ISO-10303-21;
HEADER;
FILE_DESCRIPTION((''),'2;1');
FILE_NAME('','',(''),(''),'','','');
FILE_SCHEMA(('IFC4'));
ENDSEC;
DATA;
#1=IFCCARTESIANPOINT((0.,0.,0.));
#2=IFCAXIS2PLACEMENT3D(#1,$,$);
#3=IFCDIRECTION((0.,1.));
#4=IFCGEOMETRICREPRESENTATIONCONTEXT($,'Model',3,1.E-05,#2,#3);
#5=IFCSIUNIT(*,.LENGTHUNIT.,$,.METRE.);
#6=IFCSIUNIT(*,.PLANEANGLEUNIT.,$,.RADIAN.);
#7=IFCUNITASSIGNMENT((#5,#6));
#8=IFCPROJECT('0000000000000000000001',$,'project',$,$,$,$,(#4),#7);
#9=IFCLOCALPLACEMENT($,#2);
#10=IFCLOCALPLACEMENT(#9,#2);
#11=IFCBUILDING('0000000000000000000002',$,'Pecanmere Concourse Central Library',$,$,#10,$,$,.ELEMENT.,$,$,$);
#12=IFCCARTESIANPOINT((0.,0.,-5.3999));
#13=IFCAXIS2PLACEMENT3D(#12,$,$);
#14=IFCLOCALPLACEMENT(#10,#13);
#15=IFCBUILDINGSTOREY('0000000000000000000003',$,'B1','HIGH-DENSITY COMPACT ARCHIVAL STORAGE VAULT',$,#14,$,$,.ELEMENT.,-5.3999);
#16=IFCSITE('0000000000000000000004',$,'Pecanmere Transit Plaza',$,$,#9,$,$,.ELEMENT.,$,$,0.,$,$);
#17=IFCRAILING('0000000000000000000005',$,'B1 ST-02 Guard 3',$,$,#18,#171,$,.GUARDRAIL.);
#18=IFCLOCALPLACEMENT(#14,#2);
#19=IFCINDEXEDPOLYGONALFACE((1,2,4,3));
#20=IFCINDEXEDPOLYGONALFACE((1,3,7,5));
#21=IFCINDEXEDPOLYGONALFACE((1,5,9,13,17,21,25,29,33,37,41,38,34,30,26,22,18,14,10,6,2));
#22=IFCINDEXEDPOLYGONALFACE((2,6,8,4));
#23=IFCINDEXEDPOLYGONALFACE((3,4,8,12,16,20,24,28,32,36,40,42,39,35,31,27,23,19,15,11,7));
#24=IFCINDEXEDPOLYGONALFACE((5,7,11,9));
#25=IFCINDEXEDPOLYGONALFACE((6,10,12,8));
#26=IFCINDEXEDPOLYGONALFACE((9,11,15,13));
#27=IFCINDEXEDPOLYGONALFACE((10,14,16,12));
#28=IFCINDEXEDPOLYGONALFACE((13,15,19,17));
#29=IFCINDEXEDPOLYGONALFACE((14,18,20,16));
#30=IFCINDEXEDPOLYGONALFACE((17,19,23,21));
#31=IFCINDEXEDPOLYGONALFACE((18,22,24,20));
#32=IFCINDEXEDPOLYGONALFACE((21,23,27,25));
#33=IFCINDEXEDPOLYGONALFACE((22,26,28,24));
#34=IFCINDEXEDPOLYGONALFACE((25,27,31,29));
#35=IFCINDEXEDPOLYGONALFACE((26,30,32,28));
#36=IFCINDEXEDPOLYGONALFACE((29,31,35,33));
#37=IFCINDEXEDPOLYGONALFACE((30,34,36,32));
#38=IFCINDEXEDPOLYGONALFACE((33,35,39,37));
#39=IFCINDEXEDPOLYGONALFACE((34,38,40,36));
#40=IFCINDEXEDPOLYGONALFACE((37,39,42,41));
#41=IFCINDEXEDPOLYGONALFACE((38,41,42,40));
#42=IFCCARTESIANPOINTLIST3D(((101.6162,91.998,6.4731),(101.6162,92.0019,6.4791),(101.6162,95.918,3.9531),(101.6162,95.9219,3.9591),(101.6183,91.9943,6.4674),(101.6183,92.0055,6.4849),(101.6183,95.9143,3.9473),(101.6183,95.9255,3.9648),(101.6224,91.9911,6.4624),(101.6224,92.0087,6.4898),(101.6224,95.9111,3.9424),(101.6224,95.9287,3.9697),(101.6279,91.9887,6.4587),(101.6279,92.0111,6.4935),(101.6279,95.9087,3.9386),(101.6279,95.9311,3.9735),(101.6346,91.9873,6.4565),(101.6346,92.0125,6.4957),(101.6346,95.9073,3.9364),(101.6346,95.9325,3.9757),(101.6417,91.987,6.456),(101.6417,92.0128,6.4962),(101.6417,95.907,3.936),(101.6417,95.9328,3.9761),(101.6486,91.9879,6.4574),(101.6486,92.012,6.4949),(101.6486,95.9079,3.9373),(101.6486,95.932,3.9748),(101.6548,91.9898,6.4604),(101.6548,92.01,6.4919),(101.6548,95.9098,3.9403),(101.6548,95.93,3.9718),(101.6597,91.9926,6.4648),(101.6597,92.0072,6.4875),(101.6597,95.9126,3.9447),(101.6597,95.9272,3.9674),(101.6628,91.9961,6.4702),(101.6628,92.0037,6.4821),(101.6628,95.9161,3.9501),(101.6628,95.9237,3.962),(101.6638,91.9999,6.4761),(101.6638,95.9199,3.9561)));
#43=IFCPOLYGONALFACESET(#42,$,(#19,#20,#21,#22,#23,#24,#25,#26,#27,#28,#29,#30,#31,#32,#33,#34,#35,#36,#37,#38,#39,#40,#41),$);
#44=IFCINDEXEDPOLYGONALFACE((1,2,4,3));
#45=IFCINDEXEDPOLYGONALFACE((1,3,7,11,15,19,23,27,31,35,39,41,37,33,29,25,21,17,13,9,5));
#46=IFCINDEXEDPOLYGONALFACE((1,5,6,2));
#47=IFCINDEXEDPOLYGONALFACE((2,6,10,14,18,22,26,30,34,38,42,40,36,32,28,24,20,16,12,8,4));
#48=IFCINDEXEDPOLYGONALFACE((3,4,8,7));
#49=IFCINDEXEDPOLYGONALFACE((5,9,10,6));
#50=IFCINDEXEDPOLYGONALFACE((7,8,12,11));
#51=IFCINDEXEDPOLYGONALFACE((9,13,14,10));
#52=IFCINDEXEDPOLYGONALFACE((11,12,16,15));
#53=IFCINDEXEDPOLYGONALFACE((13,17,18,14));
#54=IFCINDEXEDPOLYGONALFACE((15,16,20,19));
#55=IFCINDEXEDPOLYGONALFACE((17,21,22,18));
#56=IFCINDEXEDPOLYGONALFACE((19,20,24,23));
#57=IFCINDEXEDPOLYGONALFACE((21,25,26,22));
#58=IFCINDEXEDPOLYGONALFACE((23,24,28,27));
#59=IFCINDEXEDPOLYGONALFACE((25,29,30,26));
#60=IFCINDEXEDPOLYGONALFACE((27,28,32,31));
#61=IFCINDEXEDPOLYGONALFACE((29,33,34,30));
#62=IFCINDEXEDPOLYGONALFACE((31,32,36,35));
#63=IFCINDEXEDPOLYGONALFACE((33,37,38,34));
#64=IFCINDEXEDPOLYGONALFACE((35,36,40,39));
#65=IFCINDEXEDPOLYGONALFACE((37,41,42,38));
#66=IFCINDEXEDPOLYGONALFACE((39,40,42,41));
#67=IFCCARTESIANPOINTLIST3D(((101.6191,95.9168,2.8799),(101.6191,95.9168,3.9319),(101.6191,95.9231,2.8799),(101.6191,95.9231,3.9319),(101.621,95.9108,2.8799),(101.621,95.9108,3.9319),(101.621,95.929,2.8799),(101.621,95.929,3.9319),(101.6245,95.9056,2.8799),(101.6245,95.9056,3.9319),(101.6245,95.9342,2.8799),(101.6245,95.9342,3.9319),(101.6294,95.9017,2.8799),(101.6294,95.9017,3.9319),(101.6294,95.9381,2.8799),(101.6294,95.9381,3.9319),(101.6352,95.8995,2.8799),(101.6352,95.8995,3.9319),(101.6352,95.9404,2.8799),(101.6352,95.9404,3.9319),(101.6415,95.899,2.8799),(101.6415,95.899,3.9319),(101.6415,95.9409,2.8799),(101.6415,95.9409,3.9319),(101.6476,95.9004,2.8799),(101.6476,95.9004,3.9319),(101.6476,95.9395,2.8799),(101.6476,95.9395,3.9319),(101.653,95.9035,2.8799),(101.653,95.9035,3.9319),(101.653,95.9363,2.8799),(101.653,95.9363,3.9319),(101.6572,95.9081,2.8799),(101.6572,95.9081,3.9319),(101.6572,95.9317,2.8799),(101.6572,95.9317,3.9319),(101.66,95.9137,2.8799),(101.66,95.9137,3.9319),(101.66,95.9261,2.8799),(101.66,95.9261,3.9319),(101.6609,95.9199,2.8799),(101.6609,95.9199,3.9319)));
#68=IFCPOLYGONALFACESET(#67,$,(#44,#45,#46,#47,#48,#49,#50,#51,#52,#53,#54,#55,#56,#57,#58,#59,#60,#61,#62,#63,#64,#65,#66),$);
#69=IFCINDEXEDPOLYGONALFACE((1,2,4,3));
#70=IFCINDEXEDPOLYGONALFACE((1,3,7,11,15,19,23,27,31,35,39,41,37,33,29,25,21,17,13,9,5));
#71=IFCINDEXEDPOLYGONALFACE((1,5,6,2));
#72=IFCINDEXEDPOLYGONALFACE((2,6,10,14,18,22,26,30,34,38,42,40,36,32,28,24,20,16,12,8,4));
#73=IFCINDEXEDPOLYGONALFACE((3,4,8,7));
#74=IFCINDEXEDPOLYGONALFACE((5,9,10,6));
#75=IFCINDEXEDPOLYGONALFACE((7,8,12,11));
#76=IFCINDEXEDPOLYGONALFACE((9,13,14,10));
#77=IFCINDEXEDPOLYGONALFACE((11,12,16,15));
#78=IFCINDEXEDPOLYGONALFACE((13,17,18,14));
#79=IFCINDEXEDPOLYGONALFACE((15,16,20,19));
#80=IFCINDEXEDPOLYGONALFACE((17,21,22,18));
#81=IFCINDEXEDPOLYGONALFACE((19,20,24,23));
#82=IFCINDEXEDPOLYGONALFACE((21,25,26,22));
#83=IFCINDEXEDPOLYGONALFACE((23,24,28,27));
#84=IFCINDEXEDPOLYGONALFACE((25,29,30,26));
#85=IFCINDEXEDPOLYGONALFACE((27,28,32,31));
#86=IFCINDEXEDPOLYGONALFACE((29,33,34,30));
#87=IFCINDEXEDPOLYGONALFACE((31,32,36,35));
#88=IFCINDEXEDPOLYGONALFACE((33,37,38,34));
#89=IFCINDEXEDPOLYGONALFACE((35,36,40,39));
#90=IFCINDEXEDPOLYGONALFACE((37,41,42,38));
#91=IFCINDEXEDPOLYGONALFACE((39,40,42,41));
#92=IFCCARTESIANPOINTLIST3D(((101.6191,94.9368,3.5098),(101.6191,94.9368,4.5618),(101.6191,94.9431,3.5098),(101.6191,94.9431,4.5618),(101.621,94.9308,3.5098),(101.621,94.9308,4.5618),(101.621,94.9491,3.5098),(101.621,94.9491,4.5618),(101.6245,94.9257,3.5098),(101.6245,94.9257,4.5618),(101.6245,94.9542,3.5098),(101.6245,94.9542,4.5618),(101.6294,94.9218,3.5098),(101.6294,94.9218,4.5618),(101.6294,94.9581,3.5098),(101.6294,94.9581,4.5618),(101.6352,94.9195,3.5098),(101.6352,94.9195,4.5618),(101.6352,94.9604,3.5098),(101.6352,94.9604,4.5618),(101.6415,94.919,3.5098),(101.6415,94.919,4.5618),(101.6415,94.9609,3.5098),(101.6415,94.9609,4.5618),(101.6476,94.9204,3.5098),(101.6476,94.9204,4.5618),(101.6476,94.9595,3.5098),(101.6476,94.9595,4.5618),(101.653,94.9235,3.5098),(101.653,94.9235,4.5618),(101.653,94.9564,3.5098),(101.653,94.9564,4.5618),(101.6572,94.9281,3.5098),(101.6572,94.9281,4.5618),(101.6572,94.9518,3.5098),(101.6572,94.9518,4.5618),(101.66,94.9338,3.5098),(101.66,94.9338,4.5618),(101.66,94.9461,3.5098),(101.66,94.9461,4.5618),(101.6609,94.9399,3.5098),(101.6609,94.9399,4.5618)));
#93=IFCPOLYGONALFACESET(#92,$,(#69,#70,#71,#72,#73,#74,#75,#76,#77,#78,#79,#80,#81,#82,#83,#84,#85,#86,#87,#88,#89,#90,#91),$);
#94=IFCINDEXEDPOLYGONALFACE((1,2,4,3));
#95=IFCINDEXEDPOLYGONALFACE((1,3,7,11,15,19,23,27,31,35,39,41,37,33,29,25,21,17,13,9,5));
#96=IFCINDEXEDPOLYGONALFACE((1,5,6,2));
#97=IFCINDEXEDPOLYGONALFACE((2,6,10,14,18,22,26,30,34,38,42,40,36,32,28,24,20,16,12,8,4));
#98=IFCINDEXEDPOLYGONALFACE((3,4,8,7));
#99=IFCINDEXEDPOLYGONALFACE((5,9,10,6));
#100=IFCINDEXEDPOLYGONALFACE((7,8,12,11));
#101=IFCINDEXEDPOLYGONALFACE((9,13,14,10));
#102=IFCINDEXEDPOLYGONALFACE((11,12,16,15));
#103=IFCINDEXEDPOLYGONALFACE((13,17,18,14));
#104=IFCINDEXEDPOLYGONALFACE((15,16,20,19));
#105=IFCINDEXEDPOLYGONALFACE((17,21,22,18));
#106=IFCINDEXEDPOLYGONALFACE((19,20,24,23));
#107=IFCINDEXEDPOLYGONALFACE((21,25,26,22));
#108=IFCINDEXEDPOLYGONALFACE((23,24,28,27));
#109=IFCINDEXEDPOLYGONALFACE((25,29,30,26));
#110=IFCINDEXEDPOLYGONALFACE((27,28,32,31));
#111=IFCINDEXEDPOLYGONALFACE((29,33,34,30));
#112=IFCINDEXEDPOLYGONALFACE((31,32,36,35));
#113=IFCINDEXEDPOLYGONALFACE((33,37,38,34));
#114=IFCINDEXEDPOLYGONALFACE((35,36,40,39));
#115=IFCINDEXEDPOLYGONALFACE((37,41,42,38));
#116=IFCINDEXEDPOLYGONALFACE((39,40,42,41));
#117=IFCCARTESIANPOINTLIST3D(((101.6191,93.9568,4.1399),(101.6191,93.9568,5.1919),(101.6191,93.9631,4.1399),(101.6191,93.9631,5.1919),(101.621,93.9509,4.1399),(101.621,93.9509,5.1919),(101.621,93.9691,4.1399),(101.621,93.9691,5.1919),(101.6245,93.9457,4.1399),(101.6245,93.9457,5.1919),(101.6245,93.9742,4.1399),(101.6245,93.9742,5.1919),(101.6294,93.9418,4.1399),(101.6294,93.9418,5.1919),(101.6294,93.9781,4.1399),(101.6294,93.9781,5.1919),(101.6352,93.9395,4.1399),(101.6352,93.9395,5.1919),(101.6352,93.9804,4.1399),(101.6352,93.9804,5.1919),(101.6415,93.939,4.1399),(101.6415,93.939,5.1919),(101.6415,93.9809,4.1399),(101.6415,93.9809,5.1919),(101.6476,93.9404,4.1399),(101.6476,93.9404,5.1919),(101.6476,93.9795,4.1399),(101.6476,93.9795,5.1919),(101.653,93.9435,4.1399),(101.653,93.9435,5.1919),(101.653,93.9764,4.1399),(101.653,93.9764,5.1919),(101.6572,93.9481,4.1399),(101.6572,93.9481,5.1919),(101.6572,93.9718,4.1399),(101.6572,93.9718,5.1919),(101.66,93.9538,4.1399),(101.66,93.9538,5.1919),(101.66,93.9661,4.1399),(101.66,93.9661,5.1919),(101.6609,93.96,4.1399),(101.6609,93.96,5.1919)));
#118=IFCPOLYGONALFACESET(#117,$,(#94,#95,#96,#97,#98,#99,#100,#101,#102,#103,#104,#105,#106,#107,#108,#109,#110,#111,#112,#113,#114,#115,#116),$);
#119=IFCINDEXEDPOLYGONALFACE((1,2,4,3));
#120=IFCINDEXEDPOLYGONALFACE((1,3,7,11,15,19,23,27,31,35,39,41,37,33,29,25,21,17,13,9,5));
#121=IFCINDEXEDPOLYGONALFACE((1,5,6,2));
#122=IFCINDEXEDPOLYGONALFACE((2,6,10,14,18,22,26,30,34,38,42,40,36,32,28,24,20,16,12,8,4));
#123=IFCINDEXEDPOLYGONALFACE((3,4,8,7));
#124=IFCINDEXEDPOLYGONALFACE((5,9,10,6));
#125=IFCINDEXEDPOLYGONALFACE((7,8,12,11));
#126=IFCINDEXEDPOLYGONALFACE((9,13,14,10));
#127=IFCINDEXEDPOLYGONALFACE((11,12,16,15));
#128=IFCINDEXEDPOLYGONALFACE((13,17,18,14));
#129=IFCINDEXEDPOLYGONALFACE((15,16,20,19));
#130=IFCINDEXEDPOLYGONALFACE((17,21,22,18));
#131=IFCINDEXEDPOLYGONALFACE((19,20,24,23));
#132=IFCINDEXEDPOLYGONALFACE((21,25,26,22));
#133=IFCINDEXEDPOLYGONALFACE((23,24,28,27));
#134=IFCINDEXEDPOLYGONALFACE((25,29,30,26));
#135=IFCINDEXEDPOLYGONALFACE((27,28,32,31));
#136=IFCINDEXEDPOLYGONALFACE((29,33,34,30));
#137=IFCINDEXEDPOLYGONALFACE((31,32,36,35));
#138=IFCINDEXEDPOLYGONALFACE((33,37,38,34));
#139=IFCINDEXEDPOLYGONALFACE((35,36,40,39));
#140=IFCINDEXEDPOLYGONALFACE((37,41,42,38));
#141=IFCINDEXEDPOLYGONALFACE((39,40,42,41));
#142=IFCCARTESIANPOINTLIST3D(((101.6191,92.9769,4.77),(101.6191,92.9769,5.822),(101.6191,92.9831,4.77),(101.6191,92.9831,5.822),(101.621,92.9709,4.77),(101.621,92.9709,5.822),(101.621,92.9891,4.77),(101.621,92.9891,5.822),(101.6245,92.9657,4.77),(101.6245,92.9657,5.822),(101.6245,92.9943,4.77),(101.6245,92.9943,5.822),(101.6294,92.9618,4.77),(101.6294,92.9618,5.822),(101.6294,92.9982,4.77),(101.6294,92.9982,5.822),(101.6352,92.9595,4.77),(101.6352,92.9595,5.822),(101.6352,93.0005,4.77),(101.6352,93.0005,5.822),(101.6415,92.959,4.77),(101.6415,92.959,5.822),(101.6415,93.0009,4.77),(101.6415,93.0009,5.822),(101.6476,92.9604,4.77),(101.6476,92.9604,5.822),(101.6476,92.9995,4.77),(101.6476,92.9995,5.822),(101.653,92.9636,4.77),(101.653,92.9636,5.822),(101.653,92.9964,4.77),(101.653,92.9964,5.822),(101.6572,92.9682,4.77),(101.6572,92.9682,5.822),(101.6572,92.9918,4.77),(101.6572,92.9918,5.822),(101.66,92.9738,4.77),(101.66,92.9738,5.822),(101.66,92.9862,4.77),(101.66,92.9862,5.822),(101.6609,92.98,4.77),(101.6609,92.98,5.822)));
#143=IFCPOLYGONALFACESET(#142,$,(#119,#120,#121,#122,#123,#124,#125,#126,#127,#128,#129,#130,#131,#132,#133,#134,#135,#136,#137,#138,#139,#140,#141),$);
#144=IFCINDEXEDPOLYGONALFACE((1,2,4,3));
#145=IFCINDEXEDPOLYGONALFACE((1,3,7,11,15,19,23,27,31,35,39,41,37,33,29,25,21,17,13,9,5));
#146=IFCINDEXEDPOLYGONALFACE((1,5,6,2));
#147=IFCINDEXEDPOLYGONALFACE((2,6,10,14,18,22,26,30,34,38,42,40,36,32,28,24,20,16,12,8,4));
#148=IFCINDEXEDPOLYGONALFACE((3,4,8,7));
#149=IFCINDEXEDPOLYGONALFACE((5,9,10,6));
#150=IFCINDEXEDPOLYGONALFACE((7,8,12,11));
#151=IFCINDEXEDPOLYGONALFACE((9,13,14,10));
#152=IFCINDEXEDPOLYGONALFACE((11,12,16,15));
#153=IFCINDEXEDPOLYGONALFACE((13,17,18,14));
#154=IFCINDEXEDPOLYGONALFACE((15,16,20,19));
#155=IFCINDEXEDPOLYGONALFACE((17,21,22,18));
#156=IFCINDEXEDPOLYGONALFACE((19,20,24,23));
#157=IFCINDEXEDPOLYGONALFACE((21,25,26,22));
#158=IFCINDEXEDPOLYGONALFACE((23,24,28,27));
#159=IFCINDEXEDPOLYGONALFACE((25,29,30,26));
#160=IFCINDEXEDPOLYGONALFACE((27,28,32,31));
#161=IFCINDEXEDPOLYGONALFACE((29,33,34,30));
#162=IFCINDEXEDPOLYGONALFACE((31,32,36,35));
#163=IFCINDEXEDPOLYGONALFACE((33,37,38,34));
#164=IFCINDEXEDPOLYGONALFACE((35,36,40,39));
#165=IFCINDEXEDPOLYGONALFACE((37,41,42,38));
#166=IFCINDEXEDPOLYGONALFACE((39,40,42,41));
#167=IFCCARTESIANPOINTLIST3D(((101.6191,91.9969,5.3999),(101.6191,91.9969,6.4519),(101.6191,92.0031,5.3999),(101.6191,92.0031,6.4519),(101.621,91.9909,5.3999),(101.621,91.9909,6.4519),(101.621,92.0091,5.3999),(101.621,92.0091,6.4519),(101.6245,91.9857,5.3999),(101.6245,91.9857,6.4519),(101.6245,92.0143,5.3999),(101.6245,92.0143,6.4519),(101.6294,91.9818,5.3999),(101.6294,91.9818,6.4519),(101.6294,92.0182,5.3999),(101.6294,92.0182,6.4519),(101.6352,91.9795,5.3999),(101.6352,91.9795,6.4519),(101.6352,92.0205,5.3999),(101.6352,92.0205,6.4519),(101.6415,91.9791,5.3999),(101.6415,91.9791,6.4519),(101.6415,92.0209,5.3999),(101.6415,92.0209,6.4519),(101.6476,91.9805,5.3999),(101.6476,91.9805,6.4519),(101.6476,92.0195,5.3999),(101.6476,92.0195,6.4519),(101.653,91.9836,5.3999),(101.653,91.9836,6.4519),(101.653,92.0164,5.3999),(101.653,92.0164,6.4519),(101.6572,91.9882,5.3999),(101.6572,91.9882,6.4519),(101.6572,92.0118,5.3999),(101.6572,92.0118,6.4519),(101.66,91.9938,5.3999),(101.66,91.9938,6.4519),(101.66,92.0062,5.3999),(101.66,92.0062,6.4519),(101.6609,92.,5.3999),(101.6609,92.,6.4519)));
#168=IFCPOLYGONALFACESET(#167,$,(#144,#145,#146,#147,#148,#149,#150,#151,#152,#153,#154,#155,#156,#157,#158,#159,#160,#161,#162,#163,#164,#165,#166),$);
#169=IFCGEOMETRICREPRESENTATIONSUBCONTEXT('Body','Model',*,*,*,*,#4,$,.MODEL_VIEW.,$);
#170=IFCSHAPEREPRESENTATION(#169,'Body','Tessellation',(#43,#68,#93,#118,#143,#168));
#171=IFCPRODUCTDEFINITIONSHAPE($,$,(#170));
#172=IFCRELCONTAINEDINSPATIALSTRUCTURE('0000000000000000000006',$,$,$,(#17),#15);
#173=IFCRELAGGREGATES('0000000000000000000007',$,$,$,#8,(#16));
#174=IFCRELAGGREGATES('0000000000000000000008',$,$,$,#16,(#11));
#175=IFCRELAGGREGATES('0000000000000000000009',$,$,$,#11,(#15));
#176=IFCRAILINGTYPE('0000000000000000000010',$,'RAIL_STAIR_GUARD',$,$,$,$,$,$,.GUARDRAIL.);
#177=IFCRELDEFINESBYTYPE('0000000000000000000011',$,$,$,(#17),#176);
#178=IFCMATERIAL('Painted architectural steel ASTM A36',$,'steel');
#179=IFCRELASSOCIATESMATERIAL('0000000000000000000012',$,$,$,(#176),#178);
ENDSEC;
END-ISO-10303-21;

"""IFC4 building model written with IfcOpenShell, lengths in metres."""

from ifc_helpers import new_model, si_unit, direction, frame, origin, origin_2d, place, context, subcontext, project, spatial, circle, extrude, material, type_object, element, save


model = new_model("IFC4")

# Units and contexts
model_context = context("Model", 3, precision=1e-05, world=origin(), true_north=direction((0.0, 1.0)))
body_context = subcontext(model_context, "Body", "Model", "MODEL_VIEW")
ifc_project = project(units=[si_unit("LENGTHUNIT", "METRE"), si_unit("PLANEANGLEUNIT", "RADIAN")], contexts=[model_context])

# Site, building, storey
site_placement = place(None, origin())
site = spatial("IfcSite", under=ifc_project, at=site_placement, Name="Pecanmere Transit Plaza", CompositionType="ELEMENT", RefElevation=0.0)
building_placement = place(site_placement, origin())
building = spatial("IfcBuilding", under=site, at=building_placement, Name="Pecanmere Concourse Central Library", CompositionType="ELEMENT")
storey_placement = place(building_placement, frame((0.0, 0.0, -5.3999)))
storey = spatial("IfcBuildingStorey", under=building, at=storey_placement, Name="B1", Description="HIGH-DENSITY COMPACT ARCHIVAL STORAGE VAULT", CompositionType="ELEMENT", Elevation=-5.3999)

# Railing
ifc_material_1 = material(Name="Painted architectural steel ASTM A36", Category="steel")
railing_type_1 = type_object("IfcRailingType", Name="RAIL_STAIR_GUARD", PredefinedType="GUARDRAIL", material=ifc_material_1)
railing_1_placement = place(storey_placement, frame((101.6399, 95.9199, 2.8799)))
element("IfcRailing", 1, at=railing_1_placement, inside=storey, type_object=railing_type_1, Name="B1 ST-02 Guard 3", PredefinedType="GUARDRAIL", context=body_context, shape_type="SweptSolid", body=[
    extrude(circle(Radius=0.0239, at=origin_2d()), frame((0.0, 0.0, 1.0762), z_axis=(0.0, -0.841172, 0.540768), x_axis=(1.0, 0.0, 0.0)), (0.0, 0.0, 1.0), 4.6602),
    extrude(circle(Radius=0.021, at=origin_2d()), origin(), (0.0, 0.0, 1.0), 1.052),
    extrude(circle(Radius=0.021, at=origin_2d()), frame((0.0, -0.98, 0.6299)), (0.0, 0.0, 1.0), 1.052),
    extrude(circle(Radius=0.021, at=origin_2d()), frame((0.0, -1.96, 1.26)), (0.0, 0.0, 1.0), 1.052),
    extrude(circle(Radius=0.021, at=origin_2d()), frame((0.0, -2.9399, 1.8901)), (0.0, 0.0, 1.0), 1.052),
    extrude(circle(Radius=0.021, at=origin_2d()), frame((0.0, -3.9199, 2.52)), (0.0, 0.0, 1.0), 1.052),
])

save(model, "model.ifc")
